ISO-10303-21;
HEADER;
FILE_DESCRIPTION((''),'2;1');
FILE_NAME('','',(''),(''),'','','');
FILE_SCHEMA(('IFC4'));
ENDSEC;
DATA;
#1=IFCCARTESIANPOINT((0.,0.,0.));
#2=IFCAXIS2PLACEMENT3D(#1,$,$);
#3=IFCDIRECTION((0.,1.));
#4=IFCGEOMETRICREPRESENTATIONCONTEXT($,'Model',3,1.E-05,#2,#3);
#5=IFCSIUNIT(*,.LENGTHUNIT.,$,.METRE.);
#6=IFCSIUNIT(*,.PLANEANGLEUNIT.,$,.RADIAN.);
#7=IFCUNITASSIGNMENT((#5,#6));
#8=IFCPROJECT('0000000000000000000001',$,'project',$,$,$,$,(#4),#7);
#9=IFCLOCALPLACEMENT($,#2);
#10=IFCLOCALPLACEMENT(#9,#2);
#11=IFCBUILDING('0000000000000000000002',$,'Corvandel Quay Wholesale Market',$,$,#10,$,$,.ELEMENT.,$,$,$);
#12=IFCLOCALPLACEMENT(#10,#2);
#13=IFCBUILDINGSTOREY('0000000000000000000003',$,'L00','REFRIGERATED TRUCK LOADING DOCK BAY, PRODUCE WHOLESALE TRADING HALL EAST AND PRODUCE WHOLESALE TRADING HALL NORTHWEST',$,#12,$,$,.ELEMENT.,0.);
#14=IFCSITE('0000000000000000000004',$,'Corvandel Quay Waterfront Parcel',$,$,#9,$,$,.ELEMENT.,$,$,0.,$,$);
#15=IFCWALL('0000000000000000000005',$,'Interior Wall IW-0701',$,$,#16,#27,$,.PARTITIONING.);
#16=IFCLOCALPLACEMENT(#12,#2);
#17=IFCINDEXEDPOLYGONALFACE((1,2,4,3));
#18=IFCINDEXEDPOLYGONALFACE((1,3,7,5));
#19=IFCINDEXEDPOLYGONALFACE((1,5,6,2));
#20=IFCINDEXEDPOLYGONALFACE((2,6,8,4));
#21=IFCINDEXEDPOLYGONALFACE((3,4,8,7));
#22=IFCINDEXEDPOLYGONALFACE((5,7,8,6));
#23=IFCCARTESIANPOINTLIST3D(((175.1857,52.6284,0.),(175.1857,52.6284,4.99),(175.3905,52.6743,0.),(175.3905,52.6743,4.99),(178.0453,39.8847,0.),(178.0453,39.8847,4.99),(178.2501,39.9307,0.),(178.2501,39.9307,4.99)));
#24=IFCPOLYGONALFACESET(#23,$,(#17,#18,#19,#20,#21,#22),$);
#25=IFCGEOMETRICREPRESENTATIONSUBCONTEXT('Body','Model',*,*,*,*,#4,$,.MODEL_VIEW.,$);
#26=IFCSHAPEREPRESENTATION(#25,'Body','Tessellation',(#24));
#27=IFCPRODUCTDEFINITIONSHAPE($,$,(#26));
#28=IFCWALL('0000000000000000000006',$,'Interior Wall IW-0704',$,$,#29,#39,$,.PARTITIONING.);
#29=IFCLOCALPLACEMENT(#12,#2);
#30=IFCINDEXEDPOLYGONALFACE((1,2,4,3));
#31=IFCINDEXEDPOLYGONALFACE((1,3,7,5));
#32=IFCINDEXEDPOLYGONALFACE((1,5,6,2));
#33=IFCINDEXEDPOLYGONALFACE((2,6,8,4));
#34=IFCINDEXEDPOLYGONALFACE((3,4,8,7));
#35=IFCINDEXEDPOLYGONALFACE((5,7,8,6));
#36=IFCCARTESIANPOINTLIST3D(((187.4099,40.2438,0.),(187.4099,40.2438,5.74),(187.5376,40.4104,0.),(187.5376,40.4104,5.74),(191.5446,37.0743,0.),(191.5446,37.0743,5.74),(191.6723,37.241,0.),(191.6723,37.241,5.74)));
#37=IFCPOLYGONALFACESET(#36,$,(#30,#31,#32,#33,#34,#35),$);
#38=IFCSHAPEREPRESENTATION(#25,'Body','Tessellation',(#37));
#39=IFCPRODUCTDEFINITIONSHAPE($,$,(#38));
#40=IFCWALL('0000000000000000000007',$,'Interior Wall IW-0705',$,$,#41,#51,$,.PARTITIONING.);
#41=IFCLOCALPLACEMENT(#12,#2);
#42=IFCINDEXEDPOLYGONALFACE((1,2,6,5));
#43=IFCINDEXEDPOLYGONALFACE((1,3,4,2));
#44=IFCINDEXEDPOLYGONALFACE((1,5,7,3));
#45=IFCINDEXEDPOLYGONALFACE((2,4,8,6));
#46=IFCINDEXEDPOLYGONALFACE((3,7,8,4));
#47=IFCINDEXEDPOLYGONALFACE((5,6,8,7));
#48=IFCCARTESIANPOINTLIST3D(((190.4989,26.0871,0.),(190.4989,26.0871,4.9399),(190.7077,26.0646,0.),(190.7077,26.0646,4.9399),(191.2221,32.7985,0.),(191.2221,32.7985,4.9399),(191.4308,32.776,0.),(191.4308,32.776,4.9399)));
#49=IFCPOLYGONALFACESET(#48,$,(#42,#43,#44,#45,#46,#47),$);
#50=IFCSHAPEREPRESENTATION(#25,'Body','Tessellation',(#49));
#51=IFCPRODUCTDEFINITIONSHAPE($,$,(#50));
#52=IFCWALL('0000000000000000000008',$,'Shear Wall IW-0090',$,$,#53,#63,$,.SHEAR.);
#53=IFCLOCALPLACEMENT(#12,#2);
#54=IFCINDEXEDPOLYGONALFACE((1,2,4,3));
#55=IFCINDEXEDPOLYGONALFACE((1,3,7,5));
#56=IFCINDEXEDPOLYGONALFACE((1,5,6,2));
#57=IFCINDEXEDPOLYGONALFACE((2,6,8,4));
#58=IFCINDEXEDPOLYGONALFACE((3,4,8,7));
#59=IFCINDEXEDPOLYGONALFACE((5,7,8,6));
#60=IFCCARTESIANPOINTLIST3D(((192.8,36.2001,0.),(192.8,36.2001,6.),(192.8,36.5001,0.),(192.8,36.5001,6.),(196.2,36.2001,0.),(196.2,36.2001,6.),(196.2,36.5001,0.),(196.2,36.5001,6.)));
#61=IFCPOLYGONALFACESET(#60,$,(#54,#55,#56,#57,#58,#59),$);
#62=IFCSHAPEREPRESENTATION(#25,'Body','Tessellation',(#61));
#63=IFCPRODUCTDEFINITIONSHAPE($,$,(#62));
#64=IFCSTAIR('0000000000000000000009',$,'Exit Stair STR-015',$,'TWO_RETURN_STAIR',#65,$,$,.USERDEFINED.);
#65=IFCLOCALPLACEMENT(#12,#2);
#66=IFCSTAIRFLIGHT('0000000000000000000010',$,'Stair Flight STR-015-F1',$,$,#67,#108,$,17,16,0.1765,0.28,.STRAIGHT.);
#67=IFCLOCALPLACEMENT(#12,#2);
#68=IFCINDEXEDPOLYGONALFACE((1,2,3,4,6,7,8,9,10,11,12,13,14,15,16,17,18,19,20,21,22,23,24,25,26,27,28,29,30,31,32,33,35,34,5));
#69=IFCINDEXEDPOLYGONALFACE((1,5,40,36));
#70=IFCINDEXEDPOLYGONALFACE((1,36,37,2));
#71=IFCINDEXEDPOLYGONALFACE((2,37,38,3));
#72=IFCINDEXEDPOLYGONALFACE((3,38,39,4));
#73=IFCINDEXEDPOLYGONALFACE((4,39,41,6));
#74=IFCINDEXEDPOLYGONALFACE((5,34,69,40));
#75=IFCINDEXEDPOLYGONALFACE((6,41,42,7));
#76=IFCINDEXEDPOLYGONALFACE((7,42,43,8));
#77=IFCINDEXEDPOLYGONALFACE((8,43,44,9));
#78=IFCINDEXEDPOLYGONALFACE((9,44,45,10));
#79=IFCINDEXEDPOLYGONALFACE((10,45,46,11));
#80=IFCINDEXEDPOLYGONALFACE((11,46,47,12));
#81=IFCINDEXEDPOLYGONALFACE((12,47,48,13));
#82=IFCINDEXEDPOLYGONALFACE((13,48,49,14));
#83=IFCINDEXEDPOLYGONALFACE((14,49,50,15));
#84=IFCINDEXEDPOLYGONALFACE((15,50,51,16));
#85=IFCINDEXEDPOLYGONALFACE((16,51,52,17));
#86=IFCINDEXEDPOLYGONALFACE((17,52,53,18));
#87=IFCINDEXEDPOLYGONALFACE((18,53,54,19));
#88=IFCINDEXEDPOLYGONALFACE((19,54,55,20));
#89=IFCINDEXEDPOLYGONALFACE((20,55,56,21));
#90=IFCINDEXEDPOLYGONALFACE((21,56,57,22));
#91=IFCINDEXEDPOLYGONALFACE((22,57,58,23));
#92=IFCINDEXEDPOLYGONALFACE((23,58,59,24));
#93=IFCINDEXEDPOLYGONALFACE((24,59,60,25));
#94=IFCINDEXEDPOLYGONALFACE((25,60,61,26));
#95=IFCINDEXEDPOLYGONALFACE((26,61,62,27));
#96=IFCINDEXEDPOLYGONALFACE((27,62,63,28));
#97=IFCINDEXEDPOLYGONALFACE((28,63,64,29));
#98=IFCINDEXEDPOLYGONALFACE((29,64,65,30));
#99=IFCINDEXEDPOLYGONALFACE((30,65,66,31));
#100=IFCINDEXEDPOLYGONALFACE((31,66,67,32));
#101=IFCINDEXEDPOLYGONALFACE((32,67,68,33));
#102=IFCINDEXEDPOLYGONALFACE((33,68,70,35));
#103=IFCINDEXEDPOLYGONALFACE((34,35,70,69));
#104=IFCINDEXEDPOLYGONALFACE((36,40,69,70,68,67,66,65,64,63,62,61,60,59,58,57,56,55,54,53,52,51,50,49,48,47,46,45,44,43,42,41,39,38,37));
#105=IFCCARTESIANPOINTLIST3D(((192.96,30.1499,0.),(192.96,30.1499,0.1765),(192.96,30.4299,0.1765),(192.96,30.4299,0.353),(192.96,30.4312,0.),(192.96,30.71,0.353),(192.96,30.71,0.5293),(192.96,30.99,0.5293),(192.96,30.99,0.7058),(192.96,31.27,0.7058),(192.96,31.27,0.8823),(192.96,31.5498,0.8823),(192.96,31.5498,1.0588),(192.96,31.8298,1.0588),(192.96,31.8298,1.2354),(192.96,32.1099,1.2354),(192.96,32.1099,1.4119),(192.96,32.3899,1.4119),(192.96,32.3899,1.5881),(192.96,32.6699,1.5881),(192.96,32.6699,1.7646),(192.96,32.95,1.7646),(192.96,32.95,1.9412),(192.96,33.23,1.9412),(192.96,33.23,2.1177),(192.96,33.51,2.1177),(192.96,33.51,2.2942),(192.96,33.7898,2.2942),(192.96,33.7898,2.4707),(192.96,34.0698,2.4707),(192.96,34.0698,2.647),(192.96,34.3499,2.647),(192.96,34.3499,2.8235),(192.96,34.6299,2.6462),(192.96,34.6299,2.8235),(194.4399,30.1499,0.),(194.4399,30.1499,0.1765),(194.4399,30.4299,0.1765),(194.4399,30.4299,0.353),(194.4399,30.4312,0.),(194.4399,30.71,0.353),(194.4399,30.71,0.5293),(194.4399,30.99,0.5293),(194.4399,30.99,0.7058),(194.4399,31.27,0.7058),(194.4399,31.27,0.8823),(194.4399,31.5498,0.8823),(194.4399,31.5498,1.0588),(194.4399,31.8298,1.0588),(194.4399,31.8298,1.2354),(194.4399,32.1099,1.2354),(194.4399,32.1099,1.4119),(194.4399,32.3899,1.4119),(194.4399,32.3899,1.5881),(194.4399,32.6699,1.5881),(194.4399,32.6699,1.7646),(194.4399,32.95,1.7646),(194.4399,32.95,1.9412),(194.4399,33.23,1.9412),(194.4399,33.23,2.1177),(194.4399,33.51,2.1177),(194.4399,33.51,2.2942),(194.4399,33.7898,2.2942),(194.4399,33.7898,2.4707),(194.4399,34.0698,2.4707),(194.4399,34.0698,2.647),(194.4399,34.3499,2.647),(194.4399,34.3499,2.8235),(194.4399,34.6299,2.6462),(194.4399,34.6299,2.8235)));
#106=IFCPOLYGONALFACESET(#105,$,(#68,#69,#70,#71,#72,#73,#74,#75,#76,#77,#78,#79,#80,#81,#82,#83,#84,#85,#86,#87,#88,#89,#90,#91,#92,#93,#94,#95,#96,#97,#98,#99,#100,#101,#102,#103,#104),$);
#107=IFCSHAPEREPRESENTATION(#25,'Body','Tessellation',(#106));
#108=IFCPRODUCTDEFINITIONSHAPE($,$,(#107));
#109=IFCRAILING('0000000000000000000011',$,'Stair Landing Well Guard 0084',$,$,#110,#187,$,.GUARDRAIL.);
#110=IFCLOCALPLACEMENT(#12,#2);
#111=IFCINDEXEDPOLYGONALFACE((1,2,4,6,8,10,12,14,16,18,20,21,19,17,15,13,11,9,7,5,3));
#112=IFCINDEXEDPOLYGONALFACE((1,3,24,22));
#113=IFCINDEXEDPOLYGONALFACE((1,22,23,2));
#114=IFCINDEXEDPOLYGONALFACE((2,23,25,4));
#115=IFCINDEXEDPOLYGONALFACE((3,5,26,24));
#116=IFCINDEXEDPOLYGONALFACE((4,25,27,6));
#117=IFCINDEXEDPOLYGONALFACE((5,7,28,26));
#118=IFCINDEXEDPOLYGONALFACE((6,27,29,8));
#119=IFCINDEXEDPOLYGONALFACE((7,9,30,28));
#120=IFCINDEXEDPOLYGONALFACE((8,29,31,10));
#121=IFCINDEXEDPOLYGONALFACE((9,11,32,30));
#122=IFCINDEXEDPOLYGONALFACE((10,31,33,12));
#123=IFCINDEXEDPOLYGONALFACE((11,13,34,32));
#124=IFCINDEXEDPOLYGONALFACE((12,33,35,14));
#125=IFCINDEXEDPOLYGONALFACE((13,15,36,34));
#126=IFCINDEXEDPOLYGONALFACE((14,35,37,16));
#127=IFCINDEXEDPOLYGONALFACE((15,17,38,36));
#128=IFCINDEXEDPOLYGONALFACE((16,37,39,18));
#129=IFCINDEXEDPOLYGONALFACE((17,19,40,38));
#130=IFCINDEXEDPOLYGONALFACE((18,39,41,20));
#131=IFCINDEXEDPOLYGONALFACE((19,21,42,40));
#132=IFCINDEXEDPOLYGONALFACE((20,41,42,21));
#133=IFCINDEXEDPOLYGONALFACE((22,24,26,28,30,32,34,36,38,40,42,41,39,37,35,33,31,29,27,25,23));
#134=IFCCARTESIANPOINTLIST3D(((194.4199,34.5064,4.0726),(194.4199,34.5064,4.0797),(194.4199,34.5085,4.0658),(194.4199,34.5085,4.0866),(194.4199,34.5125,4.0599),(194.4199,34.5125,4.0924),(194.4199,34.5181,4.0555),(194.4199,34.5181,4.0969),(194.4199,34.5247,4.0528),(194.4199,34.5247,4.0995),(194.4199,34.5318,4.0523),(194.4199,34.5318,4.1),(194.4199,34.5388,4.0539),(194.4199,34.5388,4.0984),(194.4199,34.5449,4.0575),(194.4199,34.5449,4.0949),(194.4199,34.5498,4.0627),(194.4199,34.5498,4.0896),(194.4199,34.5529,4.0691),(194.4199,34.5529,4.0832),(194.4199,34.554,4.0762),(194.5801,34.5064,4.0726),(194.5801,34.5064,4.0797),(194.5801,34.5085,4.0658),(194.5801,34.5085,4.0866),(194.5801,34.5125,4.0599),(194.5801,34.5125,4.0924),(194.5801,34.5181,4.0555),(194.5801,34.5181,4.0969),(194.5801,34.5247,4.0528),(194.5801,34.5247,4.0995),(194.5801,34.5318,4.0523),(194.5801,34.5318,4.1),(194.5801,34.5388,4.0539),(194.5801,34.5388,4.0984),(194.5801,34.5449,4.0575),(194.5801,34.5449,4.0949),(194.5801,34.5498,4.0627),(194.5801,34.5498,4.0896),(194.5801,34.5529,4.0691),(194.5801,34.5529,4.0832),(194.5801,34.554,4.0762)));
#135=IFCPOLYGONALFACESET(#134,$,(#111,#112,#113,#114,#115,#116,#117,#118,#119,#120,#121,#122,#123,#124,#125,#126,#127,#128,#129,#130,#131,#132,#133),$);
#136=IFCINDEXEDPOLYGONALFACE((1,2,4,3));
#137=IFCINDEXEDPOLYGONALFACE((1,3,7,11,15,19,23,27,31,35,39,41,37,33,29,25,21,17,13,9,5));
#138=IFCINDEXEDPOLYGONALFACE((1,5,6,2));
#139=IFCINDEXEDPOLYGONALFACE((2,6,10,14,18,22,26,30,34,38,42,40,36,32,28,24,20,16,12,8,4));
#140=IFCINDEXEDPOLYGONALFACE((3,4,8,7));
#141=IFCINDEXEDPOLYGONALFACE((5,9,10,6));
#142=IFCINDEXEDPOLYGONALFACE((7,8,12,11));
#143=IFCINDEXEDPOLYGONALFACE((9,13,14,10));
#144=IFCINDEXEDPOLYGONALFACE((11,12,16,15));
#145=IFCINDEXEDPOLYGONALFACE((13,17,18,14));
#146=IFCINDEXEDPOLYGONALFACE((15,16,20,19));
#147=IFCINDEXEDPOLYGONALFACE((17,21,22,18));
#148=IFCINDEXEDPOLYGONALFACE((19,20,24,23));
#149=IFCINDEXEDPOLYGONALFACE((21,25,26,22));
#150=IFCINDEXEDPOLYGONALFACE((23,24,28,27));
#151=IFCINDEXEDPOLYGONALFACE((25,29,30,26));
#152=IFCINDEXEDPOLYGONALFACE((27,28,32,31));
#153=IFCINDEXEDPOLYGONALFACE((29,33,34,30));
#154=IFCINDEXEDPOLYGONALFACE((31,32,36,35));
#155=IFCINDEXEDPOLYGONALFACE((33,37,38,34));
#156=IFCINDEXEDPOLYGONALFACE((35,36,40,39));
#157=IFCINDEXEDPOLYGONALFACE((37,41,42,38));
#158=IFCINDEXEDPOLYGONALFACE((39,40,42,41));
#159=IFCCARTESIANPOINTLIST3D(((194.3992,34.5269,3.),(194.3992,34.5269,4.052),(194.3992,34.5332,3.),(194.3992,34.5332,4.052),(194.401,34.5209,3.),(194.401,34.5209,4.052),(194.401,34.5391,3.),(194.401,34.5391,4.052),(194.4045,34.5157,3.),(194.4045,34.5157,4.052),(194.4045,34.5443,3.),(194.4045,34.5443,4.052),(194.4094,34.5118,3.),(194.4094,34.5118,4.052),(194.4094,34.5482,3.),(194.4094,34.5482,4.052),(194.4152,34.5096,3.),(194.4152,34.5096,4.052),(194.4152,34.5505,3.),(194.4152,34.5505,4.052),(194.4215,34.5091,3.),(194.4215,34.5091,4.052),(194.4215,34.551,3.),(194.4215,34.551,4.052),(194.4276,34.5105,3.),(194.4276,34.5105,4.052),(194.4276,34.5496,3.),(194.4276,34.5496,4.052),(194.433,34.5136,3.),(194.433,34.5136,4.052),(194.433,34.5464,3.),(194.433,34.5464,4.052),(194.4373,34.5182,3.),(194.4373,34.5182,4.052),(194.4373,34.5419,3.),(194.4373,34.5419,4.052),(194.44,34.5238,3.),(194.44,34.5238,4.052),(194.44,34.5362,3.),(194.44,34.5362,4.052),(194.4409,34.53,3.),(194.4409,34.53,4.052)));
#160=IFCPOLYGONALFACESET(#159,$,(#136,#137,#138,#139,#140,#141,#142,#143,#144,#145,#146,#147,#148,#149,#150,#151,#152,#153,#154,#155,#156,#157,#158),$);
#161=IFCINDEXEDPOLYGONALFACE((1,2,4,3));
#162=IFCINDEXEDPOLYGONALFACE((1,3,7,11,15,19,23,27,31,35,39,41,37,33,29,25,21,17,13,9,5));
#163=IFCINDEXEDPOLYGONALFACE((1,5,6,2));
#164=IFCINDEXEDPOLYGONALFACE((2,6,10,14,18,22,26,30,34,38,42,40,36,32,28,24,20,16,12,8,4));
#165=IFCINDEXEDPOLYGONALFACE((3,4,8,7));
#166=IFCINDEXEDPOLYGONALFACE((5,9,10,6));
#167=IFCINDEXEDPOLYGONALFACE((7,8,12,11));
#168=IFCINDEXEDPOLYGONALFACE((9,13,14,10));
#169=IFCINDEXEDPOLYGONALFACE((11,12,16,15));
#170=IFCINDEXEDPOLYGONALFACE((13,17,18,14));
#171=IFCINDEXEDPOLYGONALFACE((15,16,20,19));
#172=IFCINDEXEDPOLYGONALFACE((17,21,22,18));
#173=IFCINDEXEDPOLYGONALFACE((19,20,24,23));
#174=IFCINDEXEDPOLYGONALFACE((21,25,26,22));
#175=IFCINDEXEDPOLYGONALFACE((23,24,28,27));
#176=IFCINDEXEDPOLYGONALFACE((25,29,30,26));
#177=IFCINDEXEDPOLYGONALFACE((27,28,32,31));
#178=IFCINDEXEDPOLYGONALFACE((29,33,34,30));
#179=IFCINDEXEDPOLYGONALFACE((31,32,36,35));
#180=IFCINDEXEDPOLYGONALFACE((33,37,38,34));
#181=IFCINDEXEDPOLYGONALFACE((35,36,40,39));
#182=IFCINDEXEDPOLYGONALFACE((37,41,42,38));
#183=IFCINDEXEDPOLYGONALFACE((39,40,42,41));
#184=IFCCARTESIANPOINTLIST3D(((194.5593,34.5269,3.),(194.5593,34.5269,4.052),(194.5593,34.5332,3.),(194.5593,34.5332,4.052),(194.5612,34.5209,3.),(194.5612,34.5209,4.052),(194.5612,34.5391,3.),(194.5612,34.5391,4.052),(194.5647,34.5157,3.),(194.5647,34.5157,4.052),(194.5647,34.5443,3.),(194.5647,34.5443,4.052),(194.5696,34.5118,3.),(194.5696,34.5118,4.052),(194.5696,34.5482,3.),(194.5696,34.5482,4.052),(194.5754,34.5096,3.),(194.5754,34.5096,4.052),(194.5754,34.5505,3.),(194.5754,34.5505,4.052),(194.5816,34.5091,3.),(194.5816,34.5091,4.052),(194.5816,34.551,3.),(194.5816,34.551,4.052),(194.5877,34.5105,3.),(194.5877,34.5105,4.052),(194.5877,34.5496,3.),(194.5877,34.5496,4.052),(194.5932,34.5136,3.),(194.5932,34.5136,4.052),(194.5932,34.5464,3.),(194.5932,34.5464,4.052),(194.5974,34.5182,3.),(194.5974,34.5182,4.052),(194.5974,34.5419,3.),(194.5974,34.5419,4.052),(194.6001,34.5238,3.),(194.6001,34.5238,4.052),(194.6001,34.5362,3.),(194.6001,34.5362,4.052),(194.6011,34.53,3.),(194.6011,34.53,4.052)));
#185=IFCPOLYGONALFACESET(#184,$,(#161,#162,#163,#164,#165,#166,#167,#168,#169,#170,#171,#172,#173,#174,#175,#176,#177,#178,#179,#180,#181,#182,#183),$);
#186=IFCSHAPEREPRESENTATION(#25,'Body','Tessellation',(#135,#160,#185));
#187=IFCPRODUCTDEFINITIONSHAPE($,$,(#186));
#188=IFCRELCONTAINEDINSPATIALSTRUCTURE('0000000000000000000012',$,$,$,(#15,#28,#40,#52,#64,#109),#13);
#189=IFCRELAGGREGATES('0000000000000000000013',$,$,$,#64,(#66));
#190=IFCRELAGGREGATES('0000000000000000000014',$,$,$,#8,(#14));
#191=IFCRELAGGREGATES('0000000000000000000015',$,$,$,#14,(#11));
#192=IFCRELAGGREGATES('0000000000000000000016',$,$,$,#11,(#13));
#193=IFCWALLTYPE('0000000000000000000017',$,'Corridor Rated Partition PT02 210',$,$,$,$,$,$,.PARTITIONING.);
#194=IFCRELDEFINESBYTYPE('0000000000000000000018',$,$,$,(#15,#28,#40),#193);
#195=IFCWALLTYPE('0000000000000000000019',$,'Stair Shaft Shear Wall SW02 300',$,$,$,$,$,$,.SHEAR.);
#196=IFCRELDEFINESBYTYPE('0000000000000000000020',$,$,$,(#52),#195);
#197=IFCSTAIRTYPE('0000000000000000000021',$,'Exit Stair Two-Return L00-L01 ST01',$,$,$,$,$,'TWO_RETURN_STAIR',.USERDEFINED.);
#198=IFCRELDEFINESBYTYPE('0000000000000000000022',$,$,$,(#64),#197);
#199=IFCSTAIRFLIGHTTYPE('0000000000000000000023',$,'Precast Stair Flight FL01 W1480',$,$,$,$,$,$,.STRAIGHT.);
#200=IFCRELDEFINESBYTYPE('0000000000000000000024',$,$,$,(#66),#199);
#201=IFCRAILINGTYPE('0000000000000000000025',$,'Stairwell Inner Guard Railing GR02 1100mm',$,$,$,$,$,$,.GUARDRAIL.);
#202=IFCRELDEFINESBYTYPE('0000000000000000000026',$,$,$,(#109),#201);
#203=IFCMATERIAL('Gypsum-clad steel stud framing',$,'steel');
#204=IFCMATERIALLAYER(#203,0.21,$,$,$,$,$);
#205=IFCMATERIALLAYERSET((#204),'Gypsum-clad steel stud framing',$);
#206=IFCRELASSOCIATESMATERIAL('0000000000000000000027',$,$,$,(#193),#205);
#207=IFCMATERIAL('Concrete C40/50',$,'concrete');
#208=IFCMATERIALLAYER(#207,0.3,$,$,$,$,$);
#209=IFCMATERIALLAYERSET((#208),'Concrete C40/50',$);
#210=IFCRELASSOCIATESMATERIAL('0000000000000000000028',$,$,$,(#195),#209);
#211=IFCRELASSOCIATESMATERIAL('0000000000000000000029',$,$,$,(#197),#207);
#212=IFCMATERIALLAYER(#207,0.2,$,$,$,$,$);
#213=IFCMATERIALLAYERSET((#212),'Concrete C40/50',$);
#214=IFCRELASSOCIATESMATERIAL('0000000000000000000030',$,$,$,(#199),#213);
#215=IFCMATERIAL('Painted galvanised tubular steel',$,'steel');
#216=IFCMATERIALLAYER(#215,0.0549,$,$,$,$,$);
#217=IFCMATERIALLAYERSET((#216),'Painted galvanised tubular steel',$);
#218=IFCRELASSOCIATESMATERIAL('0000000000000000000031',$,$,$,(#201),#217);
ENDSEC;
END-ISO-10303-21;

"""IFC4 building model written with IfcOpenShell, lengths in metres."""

from ifc_helpers import new_model, si_unit, direction, frame, frame_2d, origin, origin_2d, place, context, subcontext, project, spatial, polyline, rectangle, circle, outline, extrude, material, layer, layer_set, type_object, element, aggregate, save


model = new_model("IFC4")

# Units and contexts
model_context = context("Model", 3, precision=1e-05, world=origin(), true_north=direction((0.0, 1.0)))
body_context = subcontext(model_context, "Body", "Model", "MODEL_VIEW")
ifc_project = project(units=[si_unit("LENGTHUNIT", "METRE"), si_unit("PLANEANGLEUNIT", "RADIAN")], contexts=[model_context])

# Site, building, storey
site_placement = place(None, origin())
site = spatial("IfcSite", under=ifc_project, at=site_placement, Name="Corvandel Quay Waterfront Parcel", CompositionType="ELEMENT", RefElevation=0.0)
building_placement = place(site_placement, origin())
building = spatial("IfcBuilding", under=site, at=building_placement, Name="Corvandel Quay Wholesale Market", CompositionType="ELEMENT")
storey_placement = place(building_placement, origin())
storey = spatial("IfcBuildingStorey", under=building, at=storey_placement, Name="L00", Description="REFRIGERATED TRUCK LOADING DOCK BAY, PRODUCE WHOLESALE TRADING HALL EAST AND PRODUCE WHOLESALE TRADING HALL NORTHWEST", CompositionType="ELEMENT", Elevation=0.0)

# Shared definitions
ifc_material_1 = material(Name="Concrete C40/50", Category="concrete")

# Walls
ifc_material_2 = material(Name="Gypsum-clad steel stud framing", Category="steel")
ifc_layer_1 = layer(ifc_material_2, 0.21)
ifc_layer_set_1 = layer_set([ifc_layer_1], Name="Gypsum-clad steel stud framing")
wall_type_1 = type_object("IfcWallType", Name="Corridor Rated Partition PT02 210", PredefinedType="PARTITIONING", material=ifc_layer_set_1)
wall_1_placement = place(storey_placement, frame((178.1477, 39.9077, 0.0), z_axis=(0.0, 0.0, 1.0), x_axis=(-0.218951, 0.975736, 0.0)))
element("IfcWall", 1, at=wall_1_placement, inside=storey, type_object=wall_type_1, Name="Interior Wall IW-0701", PredefinedType="PARTITIONING", context=body_context, shape_type="SweptSolid", body=[
    extrude(rectangle(XDim=13.0605, YDim=0.21, at=frame_2d((6.5303, 0.0))), origin(), (0.0, 0.0, 1.0), 4.99),
])
wall_2_placement = place(storey_placement, frame((187.4736, 40.3271, 0.0), z_axis=(0.0, 0.0, 1.0), x_axis=(0.793658, -0.608365, 0.0)))
element("IfcWall", 2, at=wall_2_placement, inside=storey, type_object=wall_type_1, Name="Interior Wall IW-0704", PredefinedType="PARTITIONING", context=body_context, shape_type="SweptSolid", body=[
    extrude(rectangle(XDim=5.2097, YDim=0.21, at=frame_2d((2.605, 0.0))), origin(), (0.0, 0.0, 1.0), 5.74),
])
wall_3_placement = place(storey_placement, frame((191.3264, 32.7871, 0.0), z_axis=(0.0, 0.0, 1.0), x_axis=(-0.107128, -0.994245, 0.0)))
element("IfcWall", 3, at=wall_3_placement, inside=storey, type_object=wall_type_1, Name="Interior Wall IW-0705", PredefinedType="PARTITIONING", context=body_context, shape_type="SweptSolid", body=[
    extrude(rectangle(XDim=6.7502, YDim=0.21, at=frame_2d((3.375, 0.0))), origin(), (0.0, 0.0, 1.0), 4.9399),
])
ifc_layer_2 = layer(ifc_material_1, 0.3)
ifc_layer_set_2 = layer_set([ifc_layer_2], Name="Concrete C40/50")
wall_type_2 = type_object("IfcWallType", Name="Stair Shaft Shear Wall SW02 300", PredefinedType="SHEAR", material=ifc_layer_set_2)
wall_4_placement = place(storey_placement, frame((192.8, 36.3501, 0.0), z_axis=(0.0, 0.0, 1.0), x_axis=(1.0, 0.0, 0.0)))
element("IfcWall", 4, at=wall_4_placement, inside=storey, type_object=wall_type_2, Name="Shear Wall IW-0090", PredefinedType="SHEAR", context=body_context, shape_type="SweptSolid", body=[
    extrude(rectangle(XDim=3.3999, YDim=0.3, at=frame_2d((1.7, 0.0))), origin(), (0.0, 0.0, 1.0), 6.0),
])

# Stair, stair flight
stair_type = type_object("IfcStairType", Name="Exit Stair Two-Return L00-L01 ST01", ElementType="TWO_RETURN_STAIR", PredefinedType="USERDEFINED", material=ifc_material_1)
stair_placement = place(storey_placement, origin())
stair = element("IfcStair", 5, at=stair_placement, inside=storey, type_object=stair_type, Name="Exit Stair STR-015", ObjectType="TWO_RETURN_STAIR", PredefinedType="USERDEFINED")
ifc_layer_3 = layer(ifc_material_1, 0.2)
ifc_layer_set_3 = layer_set([ifc_layer_3], Name="Concrete C40/50")
stair_flight_type = type_object("IfcStairFlightType", Name="Precast Stair Flight FL01 W1480", PredefinedType="STRAIGHT", material=ifc_layer_set_3)
stair_flight_placement = place(storey_placement, frame((193.7, 30.1499, 0.0), z_axis=(0.0, 0.0, 1.0), x_axis=(0.0, 1.0, 0.0)))
stair_flight = element("IfcStairFlight", 6, at=stair_flight_placement, type_object=stair_flight_type, Name="Stair Flight STR-015-F1", NumberOfRisers=17, NumberOfTreads=16, PredefinedType="STRAIGHT", RiserHeight=0.1765, TreadLength=0.28, context=body_context, shape_type="SweptSolid", body=[
    extrude(outline(polyline([(0.0, 0.0), (0.0, 0.1765), (0.28, 0.1765), (0.28, 0.353), (0.5601, 0.353), (0.5601, 0.5293), (0.8401, 0.5293), (0.8401, 0.7058), (1.1201, 0.7058), (1.1201, 0.8823), (1.3999, 0.8823), (1.3999, 1.0588), (1.6799, 1.0588), (1.6799, 1.2354), (1.96, 1.2354), (1.96, 1.4119), (2.24, 1.4119), (2.24, 1.5881), (2.52, 1.5881), (2.52, 1.7646), (2.8, 1.7646), (2.8, 1.9412), (3.0801, 1.9412), (3.0801, 2.1177), (3.3601, 2.1177), (3.3601, 2.2942), (3.6399, 2.2942), (3.6399, 2.4707), (3.9199, 2.4707), (3.9199, 2.647), (4.2, 2.647), (4.2, 2.8235), (4.48, 2.8235), (4.48, 3.0), (4.48, 2.6462), (0.2812, 0.0), (0.0, 0.0)])), frame((0.0, 0.74, 0.0), z_axis=(0.0, -1.0, 0.0), x_axis=(1.0, 0.0, 0.0)), (0.0, 0.0, 1.0), 1.48),
])
aggregate(stair, [stair_flight])

# Railing
ifc_material_3 = material(Name="Painted galvanised tubular steel", Category="steel")
ifc_layer_4 = layer(ifc_material_3, 0.0549)
ifc_layer_set_4 = layer_set([ifc_layer_4], Name="Painted galvanised tubular steel")
railing_type_1 = type_object("IfcRailingType", Name="Stairwell Inner Guard Railing GR02 1100mm", PredefinedType="GUARDRAIL", material=ifc_layer_set_4)
railing_1_placement = place(storey_placement, frame((194.4199, 34.53, 3.0)))
element("IfcRailing", 7, at=railing_1_placement, inside=storey, type_object=railing_type_1, Name="Stair Landing Well Guard 0084", PredefinedType="GUARDRAIL", context=body_context, shape_type="SweptSolid", body=[
    extrude(circle(Radius=0.0239, at=origin_2d()), frame((0.0, 0.0, 1.0762), z_axis=(1.0, 0.0, 0.0), x_axis=(0.0, 1.0, 0.0)), (0.0, 0.0, 1.0), 0.1602),
    extrude(circle(Radius=0.021, at=origin_2d()), origin(), (0.0, 0.0, 1.0), 1.052),
    extrude(circle(Radius=0.021, at=origin_2d()), frame((0.1602, 0.0, 0.0)), (0.0, 0.0, 1.0), 1.052),
])

save(model, "model.ifc")
